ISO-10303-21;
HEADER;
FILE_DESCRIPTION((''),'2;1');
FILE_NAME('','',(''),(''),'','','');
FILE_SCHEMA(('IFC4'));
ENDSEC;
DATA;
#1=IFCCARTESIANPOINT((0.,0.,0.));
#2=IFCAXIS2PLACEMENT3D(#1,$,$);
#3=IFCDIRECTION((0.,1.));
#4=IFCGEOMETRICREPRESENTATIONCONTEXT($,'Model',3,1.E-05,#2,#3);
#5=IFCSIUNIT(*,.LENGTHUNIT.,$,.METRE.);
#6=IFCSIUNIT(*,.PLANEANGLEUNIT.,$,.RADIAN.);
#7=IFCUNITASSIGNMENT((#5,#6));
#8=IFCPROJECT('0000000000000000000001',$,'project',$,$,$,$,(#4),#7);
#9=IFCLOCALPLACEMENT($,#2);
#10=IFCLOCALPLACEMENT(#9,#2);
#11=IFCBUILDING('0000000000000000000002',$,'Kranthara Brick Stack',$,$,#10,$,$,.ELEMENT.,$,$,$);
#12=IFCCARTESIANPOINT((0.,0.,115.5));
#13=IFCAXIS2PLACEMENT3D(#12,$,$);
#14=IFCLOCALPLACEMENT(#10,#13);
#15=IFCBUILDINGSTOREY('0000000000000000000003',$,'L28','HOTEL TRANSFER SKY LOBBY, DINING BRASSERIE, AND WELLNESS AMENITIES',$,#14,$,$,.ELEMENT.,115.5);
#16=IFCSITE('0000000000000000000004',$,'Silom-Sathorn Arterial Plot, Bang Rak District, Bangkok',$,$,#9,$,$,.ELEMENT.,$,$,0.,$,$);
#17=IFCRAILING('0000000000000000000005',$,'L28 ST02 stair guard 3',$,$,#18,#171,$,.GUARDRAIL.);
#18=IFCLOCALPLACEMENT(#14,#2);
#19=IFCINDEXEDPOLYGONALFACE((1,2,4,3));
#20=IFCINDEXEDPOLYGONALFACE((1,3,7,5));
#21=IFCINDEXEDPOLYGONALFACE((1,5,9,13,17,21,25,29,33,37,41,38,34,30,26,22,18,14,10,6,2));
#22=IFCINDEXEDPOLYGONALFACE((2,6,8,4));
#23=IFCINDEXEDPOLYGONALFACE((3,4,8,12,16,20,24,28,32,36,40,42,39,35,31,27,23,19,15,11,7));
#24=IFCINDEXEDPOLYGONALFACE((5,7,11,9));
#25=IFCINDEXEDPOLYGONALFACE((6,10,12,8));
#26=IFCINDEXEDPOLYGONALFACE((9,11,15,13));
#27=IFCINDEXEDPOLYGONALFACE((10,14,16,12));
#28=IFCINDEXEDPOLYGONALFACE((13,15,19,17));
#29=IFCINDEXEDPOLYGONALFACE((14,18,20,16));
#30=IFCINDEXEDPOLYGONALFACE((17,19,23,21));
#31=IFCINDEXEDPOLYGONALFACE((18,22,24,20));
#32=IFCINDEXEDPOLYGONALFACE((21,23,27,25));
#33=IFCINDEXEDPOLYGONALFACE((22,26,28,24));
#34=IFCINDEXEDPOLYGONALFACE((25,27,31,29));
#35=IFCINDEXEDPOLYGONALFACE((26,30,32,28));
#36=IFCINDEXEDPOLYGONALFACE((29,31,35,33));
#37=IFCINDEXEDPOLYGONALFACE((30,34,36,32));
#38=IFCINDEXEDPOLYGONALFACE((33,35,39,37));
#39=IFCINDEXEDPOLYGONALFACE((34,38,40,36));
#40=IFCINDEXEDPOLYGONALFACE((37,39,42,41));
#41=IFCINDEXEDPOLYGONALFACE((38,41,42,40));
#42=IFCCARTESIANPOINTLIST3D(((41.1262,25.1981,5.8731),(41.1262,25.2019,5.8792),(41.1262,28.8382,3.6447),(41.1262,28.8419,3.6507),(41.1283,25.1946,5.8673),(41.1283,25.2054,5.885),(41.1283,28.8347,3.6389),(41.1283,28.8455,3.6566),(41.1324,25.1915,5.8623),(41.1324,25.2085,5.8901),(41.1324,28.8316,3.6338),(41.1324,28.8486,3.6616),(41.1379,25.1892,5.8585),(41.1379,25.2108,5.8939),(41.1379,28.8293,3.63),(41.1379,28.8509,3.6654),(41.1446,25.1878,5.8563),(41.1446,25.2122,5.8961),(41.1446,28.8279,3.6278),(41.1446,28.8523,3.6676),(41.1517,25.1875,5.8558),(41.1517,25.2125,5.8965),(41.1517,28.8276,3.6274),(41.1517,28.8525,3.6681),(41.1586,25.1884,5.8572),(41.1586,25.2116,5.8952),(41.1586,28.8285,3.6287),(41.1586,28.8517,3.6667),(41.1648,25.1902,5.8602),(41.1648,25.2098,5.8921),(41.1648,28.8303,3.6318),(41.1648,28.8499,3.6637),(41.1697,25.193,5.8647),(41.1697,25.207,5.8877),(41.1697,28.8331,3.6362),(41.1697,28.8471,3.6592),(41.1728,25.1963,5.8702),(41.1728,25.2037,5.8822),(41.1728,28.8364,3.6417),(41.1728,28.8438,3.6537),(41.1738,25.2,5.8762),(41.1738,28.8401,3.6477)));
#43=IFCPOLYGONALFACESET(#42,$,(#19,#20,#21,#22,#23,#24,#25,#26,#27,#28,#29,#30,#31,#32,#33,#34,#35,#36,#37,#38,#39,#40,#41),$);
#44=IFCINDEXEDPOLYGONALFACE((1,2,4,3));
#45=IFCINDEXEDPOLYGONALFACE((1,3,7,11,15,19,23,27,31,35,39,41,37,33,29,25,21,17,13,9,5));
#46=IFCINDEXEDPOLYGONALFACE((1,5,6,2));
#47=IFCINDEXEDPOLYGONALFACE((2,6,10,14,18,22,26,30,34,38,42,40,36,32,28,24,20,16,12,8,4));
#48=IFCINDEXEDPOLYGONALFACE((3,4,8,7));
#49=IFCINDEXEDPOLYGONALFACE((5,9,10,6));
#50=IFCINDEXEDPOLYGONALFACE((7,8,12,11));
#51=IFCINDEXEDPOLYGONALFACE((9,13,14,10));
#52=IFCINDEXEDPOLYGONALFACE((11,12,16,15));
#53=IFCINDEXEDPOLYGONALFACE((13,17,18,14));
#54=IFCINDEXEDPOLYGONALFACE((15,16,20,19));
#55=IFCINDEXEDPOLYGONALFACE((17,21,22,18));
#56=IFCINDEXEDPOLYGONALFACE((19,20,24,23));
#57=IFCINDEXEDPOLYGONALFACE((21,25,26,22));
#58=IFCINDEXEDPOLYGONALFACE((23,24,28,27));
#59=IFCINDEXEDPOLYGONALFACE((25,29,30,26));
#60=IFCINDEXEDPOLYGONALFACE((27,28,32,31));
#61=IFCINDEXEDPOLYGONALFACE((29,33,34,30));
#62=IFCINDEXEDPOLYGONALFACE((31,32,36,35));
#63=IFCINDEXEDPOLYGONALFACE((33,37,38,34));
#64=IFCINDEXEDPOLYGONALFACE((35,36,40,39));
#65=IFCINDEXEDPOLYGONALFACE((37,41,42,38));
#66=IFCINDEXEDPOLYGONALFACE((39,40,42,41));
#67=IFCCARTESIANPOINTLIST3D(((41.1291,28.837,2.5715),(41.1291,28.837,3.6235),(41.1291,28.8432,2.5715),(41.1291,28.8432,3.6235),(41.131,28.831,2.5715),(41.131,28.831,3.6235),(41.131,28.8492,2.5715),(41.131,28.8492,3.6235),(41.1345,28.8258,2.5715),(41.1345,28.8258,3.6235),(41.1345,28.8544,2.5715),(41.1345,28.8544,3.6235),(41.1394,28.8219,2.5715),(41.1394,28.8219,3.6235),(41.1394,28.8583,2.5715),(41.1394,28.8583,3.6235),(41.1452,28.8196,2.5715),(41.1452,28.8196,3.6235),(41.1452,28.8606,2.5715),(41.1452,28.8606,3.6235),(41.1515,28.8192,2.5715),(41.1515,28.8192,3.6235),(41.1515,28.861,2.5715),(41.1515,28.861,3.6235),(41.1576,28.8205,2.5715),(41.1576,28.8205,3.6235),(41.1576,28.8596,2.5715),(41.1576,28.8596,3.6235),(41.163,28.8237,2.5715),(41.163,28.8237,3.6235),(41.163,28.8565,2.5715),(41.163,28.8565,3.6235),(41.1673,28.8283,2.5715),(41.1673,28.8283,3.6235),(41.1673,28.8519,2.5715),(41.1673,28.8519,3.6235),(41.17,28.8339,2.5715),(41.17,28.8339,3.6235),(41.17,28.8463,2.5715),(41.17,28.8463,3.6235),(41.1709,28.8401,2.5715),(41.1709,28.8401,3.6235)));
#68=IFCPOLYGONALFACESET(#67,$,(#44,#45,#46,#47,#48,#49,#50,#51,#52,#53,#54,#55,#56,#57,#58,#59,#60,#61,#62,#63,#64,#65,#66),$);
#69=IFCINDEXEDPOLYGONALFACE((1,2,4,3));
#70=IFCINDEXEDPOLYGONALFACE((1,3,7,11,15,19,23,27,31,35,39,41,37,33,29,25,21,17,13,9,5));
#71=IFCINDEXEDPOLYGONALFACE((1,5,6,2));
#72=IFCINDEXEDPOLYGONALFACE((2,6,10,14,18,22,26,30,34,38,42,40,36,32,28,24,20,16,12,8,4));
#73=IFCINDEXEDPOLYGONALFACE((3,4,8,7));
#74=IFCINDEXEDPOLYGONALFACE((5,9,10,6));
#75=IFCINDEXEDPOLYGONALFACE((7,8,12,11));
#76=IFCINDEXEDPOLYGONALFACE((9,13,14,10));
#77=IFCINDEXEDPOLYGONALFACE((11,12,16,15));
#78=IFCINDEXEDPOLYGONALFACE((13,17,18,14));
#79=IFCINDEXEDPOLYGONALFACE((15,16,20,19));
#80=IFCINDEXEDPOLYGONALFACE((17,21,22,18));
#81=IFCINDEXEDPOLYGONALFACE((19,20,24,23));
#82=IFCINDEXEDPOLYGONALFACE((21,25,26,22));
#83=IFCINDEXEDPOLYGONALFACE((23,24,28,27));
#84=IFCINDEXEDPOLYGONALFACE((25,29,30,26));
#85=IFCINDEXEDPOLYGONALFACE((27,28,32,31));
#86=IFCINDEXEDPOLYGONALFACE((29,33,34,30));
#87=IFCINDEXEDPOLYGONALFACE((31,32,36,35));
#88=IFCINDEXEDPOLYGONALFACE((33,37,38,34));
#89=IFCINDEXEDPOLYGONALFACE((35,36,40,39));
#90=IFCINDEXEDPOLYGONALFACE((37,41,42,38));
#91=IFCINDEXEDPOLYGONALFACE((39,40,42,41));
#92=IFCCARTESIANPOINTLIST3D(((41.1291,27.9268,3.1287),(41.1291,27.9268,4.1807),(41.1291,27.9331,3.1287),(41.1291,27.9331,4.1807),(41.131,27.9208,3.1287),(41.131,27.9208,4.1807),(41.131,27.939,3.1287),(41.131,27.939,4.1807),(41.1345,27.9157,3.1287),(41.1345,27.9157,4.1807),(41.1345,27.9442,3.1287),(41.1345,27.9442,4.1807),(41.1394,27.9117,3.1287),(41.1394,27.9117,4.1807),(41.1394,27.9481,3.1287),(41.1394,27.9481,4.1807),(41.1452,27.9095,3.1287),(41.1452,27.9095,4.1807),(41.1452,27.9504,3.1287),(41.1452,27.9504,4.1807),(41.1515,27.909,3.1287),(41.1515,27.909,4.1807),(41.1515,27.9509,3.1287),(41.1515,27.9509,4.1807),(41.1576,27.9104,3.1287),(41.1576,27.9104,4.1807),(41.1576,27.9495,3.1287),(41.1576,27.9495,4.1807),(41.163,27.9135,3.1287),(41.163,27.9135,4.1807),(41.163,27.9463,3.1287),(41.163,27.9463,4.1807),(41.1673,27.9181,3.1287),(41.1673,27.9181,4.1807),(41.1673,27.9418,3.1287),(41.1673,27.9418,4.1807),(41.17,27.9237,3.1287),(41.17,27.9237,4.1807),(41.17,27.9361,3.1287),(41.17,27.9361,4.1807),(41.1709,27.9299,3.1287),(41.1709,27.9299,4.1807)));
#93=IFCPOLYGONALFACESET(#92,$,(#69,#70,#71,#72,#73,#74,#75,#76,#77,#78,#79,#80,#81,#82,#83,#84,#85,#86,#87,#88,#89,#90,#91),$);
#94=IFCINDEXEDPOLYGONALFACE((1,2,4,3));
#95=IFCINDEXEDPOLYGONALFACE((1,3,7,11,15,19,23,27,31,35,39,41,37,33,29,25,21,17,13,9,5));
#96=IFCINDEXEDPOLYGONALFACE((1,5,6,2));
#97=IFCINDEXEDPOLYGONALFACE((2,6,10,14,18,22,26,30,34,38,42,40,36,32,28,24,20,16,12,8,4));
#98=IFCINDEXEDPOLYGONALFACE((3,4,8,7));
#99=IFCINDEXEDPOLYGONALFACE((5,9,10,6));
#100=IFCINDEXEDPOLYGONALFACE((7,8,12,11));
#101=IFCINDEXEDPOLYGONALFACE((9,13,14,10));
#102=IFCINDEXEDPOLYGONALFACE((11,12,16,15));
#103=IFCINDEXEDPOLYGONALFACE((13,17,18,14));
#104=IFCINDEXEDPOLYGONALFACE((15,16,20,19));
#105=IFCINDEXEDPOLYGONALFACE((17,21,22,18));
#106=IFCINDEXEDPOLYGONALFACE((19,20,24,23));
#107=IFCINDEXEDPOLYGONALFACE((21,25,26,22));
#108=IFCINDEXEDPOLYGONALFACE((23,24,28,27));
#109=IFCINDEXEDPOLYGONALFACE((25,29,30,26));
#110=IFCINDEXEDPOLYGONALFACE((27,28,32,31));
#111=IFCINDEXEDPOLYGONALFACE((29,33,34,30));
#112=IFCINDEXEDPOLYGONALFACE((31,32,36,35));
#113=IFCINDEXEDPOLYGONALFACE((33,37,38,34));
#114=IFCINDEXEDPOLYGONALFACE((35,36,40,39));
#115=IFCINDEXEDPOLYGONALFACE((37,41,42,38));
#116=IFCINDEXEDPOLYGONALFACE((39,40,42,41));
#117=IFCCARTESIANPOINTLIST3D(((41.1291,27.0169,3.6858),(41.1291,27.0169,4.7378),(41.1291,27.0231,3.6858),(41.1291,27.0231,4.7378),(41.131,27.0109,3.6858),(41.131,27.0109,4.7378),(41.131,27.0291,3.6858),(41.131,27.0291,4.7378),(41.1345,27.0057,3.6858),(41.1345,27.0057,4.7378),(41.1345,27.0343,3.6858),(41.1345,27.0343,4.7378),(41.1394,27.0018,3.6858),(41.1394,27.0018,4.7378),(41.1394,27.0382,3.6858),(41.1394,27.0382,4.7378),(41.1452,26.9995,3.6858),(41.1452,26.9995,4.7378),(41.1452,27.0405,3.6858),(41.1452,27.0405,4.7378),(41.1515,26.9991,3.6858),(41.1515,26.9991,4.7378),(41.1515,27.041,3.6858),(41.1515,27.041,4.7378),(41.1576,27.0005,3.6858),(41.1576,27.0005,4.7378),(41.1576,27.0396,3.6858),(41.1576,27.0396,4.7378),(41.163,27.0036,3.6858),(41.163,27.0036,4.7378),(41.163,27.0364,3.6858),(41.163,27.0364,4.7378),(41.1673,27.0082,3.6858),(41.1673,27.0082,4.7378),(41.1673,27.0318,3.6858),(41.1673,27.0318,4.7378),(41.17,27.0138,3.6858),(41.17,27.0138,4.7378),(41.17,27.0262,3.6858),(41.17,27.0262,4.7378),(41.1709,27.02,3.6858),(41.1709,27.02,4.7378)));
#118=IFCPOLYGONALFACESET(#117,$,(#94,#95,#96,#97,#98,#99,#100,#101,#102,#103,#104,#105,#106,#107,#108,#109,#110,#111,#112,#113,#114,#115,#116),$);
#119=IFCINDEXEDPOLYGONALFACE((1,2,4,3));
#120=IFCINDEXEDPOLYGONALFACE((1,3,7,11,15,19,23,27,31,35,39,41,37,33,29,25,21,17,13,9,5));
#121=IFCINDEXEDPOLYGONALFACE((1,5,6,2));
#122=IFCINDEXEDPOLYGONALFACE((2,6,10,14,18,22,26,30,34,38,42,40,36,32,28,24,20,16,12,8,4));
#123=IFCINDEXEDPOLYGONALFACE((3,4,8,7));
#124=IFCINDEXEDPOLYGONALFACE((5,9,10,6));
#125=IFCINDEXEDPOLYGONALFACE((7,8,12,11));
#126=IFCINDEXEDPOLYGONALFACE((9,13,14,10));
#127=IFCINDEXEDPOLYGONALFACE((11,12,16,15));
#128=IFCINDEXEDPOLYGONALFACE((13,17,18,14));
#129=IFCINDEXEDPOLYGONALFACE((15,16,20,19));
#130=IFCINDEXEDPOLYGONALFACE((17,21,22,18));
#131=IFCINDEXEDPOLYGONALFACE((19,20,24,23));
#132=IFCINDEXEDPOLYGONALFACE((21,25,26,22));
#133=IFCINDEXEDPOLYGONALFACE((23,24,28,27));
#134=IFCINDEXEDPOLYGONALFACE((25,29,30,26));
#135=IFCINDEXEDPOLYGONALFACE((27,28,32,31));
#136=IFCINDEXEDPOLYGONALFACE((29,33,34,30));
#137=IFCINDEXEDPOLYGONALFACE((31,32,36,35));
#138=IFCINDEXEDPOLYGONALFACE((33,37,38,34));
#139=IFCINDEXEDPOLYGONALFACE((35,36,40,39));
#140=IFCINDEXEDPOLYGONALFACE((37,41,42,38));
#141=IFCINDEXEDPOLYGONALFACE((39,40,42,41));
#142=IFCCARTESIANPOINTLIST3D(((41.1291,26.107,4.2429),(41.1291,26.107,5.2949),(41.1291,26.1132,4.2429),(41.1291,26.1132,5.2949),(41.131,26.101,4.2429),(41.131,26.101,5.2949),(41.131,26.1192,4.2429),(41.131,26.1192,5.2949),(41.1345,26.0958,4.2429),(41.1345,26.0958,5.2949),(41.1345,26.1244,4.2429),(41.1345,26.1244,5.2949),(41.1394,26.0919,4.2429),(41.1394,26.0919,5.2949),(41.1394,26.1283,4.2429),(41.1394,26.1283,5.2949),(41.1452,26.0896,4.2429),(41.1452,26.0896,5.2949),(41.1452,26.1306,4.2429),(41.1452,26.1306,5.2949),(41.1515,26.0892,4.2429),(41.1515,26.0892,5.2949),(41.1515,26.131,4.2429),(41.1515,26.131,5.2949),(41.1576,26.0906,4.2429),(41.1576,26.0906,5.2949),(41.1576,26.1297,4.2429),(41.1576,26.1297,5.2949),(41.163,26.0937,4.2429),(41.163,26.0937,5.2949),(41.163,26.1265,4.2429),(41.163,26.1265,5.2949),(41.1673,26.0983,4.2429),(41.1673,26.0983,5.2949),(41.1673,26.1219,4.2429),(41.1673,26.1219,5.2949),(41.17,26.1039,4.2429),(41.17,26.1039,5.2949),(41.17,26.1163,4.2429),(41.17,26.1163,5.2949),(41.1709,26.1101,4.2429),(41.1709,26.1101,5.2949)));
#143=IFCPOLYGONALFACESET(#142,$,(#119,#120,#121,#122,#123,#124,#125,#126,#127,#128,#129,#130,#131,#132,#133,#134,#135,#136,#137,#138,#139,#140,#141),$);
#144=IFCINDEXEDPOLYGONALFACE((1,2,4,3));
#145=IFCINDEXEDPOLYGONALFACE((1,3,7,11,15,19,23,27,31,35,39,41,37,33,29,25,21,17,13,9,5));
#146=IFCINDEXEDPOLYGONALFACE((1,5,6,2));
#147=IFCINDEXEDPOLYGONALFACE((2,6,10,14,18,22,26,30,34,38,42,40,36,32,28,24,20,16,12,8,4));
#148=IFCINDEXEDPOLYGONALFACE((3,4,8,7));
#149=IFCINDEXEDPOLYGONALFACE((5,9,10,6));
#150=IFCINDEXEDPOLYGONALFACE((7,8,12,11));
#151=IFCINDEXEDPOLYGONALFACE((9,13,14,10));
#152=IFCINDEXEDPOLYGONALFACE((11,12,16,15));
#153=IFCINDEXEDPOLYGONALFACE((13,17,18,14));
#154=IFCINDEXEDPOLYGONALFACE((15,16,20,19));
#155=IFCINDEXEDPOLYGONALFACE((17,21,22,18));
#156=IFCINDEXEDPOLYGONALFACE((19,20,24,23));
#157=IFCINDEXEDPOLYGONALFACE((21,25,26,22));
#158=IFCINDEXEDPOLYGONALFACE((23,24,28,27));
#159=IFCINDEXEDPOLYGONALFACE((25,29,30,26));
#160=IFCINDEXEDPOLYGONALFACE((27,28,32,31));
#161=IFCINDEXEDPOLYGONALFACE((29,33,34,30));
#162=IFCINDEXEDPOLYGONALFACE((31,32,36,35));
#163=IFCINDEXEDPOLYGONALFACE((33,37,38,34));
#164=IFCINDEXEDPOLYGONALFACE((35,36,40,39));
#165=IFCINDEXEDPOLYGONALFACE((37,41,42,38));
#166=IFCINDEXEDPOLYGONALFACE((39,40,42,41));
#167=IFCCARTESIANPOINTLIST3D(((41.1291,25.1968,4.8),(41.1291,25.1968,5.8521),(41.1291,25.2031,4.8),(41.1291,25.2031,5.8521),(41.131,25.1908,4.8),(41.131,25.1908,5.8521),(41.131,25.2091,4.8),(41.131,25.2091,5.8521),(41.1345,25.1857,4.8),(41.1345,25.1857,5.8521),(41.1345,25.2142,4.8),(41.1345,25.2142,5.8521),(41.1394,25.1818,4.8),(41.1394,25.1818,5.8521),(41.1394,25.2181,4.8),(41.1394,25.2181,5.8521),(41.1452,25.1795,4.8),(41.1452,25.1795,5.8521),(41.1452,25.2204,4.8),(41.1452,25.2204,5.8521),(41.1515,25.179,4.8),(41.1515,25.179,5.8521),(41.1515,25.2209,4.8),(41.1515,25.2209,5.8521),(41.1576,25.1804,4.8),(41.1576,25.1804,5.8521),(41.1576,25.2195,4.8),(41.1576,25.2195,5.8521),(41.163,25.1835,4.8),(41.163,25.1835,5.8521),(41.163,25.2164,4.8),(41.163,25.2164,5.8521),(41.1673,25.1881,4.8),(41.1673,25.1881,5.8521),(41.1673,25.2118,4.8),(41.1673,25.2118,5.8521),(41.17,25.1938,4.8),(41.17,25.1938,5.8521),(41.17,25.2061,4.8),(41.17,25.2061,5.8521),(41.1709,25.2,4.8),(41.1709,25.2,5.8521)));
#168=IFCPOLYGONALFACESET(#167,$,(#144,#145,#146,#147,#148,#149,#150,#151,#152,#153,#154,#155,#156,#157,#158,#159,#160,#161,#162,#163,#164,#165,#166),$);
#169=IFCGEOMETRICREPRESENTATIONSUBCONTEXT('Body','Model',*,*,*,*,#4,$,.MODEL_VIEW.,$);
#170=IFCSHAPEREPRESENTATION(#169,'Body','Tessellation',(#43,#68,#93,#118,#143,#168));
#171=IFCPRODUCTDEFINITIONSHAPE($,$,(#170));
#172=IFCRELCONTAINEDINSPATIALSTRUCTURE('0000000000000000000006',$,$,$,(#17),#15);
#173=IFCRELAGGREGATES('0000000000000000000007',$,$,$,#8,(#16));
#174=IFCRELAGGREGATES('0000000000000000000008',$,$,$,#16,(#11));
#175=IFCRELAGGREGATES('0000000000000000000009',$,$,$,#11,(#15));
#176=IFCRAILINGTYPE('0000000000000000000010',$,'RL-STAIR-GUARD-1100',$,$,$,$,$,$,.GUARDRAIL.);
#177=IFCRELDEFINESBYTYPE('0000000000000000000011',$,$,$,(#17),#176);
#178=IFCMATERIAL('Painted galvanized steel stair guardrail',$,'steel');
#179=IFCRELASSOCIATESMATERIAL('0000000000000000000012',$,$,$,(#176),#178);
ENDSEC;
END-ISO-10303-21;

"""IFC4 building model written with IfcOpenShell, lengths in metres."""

from ifc_helpers import new_model, si_unit, direction, frame, origin, origin_2d, place, context, subcontext, project, spatial, circle, extrude, material, type_object, element, save


model = new_model("IFC4")

# Units and contexts
model_context = context("Model", 3, precision=1e-05, world=origin(), true_north=direction((0.0, 1.0)))
body_context = subcontext(model_context, "Body", "Model", "MODEL_VIEW")
ifc_project = project(units=[si_unit("LENGTHUNIT", "METRE"), si_unit("PLANEANGLEUNIT", "RADIAN")], contexts=[model_context])

# Site, building, storey
site_placement = place(None, origin())
site = spatial("IfcSite", under=ifc_project, at=site_placement, Name="Silom-Sathorn Arterial Plot, Bang Rak District, Bangkok", CompositionType="ELEMENT", RefElevation=0.0)
building_placement = place(site_placement, origin())
building = spatial("IfcBuilding", under=site, at=building_placement, Name="Kranthara Brick Stack", CompositionType="ELEMENT")
storey_placement = place(building_placement, frame((0.0, 0.0, 115.5)))
storey = spatial("IfcBuildingStorey", under=building, at=storey_placement, Name="L28", Description="HOTEL TRANSFER SKY LOBBY, DINING BRASSERIE, AND WELLNESS AMENITIES", CompositionType="ELEMENT", Elevation=115.5)

# Railing
ifc_material_1 = material(Name="Painted galvanized steel stair guardrail", Category="steel")
railing_type_1 = type_object("IfcRailingType", Name="RL-STAIR-GUARD-1100", PredefinedType="GUARDRAIL", material=ifc_material_1)
railing_1_placement = place(storey_placement, frame((41.1499, 28.8401, 2.5715)))
element("IfcRailing", 1, at=railing_1_placement, inside=storey, type_object=railing_type_1, Name="L28 ST02 stair guard 3", PredefinedType="GUARDRAIL", context=body_context, shape_type="SweptSolid", body=[
    extrude(circle(Radius=0.0239, at=origin_2d()), frame((0.0, 0.0, 1.0762), z_axis=(0.0, -0.852866, 0.52213), x_axis=(1.0, 0.0, 0.0)), (0.0, 0.0, 1.0), 4.2681),
    extrude(circle(Radius=0.021, at=origin_2d()), origin(), (0.0, 0.0, 1.0), 1.052),
    extrude(circle(Radius=0.021, at=origin_2d()), frame((0.0, -0.9102, 0.5571)), (0.0, 0.0, 1.0), 1.052),
    extrude(circle(Radius=0.021, at=origin_2d()), frame((0.0, -1.8201, 1.1143)), (0.0, 0.0, 1.0), 1.052),
    extrude(circle(Radius=0.021, at=origin_2d()), frame((0.0, -2.73, 1.6714)), (0.0, 0.0, 1.0), 1.052),
    extrude(circle(Radius=0.021, at=origin_2d()), frame((0.0, -3.6401, 2.2285)), (0.0, 0.0, 1.0), 1.052),
])

save(model, "model.ifc")
